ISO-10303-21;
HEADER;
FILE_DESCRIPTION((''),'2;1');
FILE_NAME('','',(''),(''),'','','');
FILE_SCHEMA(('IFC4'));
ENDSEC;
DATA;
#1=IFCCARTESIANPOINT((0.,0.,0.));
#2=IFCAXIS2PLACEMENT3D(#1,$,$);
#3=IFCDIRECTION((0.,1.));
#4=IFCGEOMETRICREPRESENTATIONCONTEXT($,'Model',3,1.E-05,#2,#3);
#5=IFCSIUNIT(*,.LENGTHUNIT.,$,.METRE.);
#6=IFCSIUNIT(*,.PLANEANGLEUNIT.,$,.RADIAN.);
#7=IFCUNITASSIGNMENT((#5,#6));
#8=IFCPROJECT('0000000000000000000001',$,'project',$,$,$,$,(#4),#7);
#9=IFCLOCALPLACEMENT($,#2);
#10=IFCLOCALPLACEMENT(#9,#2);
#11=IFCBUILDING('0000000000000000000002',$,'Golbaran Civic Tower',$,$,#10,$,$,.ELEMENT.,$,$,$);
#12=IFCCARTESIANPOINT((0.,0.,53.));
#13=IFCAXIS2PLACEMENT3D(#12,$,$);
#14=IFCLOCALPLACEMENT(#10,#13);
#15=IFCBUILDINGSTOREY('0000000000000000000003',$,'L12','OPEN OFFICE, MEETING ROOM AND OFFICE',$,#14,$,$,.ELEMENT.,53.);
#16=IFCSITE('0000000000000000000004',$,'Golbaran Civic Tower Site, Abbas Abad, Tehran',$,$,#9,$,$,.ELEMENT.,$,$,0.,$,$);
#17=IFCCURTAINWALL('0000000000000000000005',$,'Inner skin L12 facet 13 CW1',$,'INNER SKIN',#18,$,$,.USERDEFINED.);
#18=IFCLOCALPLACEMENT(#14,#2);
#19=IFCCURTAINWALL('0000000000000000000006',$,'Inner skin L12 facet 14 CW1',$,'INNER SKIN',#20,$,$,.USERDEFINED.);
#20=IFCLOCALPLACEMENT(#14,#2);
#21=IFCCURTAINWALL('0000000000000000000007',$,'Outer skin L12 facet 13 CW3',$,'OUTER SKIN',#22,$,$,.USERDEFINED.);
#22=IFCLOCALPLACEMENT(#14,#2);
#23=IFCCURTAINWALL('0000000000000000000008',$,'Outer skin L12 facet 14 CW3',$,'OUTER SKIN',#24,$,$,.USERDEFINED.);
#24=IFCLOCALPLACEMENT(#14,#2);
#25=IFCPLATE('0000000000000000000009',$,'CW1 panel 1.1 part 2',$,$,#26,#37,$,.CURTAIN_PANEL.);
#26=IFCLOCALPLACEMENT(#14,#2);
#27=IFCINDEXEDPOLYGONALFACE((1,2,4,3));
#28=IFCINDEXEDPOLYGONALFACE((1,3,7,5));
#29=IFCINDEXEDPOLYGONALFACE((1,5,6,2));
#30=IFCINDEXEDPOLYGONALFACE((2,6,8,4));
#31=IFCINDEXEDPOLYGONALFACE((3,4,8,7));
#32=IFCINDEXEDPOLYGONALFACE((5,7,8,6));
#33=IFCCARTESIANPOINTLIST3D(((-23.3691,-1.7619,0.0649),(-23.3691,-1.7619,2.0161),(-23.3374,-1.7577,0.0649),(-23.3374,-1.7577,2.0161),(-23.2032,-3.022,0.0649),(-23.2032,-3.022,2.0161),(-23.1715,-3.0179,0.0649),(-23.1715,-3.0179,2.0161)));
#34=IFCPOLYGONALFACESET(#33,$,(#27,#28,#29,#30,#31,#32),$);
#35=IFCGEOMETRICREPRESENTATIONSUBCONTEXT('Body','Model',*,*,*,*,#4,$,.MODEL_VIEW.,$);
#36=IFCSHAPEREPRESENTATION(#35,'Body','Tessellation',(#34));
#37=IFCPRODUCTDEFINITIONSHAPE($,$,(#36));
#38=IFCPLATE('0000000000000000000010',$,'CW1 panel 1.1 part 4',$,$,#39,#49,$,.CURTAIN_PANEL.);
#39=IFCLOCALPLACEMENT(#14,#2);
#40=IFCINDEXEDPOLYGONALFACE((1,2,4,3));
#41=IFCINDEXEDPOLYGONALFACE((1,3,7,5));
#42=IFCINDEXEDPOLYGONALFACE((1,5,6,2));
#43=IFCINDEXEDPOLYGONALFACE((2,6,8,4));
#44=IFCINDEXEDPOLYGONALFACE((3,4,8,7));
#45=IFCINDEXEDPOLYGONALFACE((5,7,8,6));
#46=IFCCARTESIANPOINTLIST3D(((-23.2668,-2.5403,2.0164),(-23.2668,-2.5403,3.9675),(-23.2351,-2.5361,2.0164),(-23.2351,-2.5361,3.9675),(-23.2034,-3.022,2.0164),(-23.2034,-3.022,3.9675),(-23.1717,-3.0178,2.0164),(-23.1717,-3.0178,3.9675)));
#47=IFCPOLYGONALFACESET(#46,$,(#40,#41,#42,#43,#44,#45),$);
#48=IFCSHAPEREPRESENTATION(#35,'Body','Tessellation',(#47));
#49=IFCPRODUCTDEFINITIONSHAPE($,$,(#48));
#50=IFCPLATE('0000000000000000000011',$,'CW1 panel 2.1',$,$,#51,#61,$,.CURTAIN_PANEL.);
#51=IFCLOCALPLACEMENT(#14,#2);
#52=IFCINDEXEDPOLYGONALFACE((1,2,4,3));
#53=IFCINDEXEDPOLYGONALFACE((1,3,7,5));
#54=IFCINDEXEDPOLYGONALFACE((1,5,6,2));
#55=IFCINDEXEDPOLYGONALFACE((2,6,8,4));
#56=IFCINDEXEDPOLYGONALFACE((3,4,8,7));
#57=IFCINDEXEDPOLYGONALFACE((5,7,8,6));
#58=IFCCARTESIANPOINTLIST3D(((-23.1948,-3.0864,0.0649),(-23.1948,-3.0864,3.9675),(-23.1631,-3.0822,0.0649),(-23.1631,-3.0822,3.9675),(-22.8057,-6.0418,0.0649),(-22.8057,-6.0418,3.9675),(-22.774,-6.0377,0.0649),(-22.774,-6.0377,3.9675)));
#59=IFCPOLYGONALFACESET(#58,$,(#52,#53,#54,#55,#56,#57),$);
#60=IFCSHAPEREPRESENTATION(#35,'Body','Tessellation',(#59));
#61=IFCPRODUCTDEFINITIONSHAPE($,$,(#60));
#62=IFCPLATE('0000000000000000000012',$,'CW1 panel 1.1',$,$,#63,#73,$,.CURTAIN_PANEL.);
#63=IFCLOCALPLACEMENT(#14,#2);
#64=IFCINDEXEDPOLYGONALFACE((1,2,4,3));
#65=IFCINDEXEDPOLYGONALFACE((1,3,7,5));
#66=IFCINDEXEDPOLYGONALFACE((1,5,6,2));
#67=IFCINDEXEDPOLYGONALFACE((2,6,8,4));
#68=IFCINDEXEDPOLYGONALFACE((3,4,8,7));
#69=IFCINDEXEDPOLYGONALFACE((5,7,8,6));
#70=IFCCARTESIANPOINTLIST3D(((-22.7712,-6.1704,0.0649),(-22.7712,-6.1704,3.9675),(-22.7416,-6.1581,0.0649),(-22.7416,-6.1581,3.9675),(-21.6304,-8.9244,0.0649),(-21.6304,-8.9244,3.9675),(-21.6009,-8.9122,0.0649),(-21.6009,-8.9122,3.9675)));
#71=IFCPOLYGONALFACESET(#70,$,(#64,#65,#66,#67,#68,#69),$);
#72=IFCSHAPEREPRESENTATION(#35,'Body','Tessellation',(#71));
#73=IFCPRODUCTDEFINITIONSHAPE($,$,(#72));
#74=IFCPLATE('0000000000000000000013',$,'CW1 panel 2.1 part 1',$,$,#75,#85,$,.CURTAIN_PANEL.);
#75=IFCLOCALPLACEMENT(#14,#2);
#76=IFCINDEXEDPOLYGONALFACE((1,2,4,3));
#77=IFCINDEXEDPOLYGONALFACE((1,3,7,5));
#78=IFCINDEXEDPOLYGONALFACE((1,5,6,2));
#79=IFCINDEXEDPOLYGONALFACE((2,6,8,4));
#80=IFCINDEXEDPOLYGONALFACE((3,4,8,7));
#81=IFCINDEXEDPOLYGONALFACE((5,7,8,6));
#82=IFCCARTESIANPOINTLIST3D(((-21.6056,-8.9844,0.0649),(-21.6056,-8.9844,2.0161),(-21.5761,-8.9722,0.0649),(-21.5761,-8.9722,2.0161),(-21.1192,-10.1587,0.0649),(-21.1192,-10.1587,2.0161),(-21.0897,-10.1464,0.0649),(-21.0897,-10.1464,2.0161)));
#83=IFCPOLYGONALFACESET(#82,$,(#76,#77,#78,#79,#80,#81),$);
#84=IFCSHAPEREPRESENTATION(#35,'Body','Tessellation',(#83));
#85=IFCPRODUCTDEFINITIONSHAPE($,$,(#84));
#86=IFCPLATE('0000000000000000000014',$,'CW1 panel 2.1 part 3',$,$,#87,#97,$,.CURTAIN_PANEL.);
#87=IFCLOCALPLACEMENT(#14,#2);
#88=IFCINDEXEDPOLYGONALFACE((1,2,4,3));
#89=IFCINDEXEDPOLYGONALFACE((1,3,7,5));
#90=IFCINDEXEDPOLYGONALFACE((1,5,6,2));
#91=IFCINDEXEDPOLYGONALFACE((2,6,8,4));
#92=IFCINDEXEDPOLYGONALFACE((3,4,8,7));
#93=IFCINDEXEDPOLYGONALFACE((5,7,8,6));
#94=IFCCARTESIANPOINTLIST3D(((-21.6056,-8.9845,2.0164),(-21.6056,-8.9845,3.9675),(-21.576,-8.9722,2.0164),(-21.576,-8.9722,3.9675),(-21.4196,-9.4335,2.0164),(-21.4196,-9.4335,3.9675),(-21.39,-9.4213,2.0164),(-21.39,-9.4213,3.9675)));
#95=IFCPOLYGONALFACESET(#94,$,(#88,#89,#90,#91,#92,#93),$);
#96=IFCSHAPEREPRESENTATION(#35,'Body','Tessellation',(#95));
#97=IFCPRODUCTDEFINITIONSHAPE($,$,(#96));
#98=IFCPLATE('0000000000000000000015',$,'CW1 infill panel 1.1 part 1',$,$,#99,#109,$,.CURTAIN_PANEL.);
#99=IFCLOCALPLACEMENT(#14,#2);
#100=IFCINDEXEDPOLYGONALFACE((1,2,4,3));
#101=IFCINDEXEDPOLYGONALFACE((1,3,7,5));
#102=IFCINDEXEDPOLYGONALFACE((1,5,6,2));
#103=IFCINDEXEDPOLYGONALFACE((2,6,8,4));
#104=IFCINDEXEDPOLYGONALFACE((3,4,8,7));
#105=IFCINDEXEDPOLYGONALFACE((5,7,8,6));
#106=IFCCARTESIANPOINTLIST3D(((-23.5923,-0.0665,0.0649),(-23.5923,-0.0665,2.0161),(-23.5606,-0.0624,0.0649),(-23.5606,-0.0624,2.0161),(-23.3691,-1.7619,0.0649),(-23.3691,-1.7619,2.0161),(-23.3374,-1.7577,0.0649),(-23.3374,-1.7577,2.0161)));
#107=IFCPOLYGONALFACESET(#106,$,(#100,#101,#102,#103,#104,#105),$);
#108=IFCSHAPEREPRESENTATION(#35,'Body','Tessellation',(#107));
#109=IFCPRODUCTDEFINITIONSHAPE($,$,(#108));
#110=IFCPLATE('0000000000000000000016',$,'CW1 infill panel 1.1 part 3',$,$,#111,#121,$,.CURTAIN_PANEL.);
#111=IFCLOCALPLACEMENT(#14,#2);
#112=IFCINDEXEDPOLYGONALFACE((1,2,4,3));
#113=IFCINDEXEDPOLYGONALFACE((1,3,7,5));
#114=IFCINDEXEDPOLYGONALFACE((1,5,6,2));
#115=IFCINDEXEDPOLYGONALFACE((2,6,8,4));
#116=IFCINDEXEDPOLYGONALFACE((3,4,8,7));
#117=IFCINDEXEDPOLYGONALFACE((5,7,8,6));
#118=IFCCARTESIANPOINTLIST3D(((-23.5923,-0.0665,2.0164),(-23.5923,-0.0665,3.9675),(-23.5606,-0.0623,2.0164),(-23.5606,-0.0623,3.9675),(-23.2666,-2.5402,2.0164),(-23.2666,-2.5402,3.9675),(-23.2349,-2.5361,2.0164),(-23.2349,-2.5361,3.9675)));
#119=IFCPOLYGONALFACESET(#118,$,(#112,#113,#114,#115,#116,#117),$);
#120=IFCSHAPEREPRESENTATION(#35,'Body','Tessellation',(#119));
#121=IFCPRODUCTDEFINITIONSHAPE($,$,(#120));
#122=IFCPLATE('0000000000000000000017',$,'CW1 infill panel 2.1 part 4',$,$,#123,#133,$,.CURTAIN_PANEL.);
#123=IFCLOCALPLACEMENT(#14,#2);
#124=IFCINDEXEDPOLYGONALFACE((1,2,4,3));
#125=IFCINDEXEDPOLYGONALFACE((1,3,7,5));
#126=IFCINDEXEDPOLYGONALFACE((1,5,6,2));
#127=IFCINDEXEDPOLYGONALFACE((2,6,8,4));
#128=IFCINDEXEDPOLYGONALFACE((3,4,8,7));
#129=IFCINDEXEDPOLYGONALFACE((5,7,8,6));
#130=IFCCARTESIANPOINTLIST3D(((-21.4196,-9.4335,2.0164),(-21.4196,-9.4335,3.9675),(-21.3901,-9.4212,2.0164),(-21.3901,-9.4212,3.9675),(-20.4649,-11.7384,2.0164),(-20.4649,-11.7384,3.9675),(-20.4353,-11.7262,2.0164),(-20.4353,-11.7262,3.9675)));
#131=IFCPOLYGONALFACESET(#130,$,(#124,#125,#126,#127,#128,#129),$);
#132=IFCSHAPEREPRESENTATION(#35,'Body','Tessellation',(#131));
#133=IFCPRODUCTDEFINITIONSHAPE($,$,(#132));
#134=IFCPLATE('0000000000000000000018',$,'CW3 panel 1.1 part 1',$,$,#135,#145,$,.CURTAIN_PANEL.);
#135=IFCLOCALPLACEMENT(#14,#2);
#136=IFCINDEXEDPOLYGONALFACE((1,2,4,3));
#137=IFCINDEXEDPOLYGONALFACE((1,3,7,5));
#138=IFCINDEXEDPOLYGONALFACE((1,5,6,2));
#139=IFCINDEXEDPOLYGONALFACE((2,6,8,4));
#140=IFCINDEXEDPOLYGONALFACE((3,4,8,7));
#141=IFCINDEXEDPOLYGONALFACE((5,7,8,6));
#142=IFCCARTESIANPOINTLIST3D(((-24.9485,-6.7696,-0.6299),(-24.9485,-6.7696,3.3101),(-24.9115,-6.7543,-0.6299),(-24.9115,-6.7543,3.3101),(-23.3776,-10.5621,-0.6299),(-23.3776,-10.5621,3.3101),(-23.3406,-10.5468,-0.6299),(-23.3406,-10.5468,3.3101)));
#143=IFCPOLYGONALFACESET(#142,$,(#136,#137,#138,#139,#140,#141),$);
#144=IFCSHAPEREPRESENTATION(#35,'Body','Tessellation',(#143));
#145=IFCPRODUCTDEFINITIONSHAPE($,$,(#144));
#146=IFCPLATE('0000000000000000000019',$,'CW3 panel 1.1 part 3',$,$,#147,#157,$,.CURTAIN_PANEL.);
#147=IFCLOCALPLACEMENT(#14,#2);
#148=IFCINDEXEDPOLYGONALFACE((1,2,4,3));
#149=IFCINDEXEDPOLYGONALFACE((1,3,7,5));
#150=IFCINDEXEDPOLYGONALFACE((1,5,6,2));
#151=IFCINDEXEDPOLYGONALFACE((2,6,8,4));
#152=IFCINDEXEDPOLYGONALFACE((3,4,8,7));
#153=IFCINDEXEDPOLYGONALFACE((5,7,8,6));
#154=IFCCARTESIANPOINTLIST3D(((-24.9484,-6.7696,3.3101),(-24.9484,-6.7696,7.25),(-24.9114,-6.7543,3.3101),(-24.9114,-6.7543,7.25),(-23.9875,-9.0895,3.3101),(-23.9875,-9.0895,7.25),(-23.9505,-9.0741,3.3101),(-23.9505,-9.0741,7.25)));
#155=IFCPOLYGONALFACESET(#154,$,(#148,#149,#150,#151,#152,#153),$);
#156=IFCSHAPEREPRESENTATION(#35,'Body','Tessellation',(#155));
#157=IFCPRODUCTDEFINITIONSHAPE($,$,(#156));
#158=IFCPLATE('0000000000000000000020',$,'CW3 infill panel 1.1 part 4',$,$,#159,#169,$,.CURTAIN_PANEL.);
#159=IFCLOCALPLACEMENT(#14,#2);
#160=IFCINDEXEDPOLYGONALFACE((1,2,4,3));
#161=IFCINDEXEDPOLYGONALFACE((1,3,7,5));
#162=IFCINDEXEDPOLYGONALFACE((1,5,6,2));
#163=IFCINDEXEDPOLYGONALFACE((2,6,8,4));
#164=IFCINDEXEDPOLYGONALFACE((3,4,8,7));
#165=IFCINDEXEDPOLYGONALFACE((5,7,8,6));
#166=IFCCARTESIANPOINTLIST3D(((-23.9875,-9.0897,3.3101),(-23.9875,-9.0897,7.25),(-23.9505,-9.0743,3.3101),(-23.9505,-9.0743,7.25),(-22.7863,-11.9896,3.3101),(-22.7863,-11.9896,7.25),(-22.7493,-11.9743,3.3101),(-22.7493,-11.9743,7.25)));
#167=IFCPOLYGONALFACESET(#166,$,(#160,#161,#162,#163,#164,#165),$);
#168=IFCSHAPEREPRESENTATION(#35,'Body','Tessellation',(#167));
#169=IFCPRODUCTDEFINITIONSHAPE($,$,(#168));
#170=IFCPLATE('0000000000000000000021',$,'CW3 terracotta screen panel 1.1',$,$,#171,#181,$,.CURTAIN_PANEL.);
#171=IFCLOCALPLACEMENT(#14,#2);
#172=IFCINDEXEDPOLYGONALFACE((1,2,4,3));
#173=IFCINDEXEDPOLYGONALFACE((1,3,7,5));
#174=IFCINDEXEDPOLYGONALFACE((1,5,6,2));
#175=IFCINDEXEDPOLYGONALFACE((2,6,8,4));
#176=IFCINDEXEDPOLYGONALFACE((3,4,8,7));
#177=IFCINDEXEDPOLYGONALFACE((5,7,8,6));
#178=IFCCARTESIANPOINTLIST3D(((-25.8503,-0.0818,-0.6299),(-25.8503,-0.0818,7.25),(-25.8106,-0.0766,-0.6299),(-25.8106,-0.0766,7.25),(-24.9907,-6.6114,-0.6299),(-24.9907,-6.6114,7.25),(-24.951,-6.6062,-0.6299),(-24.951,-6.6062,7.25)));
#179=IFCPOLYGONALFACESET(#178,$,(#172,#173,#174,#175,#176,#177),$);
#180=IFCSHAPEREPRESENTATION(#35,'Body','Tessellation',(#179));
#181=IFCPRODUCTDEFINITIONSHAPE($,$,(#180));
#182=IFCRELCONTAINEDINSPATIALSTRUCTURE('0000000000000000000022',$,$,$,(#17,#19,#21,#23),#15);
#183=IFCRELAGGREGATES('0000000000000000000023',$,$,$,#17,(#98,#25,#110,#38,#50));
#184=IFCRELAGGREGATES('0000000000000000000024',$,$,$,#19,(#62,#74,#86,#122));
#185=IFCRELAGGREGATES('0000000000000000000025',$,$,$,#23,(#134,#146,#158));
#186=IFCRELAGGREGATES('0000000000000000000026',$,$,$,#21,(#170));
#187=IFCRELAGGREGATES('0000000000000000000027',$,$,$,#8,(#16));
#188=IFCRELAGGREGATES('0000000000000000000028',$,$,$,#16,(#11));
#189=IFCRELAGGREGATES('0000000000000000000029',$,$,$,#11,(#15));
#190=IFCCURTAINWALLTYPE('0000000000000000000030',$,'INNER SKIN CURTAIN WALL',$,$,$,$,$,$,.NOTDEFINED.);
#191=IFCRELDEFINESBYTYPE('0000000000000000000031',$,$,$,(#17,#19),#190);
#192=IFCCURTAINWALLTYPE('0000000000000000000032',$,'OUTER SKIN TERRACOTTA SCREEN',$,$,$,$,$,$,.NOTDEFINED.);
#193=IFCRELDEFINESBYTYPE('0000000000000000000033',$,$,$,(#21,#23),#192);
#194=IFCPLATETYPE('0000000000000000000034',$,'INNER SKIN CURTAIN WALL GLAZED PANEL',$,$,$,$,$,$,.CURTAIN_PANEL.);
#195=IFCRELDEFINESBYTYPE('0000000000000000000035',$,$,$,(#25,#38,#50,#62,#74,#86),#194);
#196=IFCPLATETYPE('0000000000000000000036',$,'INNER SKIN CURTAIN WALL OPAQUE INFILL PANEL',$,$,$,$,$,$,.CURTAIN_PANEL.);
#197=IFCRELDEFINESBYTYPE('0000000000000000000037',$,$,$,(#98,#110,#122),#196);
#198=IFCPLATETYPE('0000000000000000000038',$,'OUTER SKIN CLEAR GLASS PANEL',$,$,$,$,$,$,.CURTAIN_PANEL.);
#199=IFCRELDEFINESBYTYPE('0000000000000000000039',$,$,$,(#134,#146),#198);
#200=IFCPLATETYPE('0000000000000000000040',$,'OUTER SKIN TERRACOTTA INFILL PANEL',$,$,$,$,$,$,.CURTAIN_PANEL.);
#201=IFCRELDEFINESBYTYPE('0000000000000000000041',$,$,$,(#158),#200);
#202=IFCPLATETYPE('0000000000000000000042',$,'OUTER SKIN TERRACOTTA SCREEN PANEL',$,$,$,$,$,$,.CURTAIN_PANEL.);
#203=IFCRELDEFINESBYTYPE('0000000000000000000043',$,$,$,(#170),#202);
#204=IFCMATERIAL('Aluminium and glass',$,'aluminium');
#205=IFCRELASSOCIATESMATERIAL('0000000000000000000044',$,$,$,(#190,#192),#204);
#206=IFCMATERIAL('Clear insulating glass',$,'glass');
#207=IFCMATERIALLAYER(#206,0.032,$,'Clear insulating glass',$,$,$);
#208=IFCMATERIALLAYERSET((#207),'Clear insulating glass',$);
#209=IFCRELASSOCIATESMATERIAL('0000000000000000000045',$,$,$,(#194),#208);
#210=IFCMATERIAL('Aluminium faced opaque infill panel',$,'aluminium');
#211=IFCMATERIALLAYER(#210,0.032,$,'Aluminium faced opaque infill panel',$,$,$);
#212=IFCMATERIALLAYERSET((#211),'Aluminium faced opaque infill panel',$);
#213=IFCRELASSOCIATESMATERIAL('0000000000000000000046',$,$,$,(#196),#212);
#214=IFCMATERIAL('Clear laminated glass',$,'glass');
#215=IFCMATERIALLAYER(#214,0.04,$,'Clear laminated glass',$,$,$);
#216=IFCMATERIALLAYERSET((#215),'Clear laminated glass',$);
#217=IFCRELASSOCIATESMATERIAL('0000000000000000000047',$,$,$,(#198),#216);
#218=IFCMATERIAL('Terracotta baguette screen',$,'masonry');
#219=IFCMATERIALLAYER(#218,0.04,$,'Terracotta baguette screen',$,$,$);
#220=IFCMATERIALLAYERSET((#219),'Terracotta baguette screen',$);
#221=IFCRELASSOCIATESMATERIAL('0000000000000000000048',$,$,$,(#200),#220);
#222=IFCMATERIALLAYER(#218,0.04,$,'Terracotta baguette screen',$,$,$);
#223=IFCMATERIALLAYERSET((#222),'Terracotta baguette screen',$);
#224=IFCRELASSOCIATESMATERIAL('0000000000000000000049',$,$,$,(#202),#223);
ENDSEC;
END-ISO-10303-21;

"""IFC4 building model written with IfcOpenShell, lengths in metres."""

from ifc_helpers import new_model, si_unit, direction, frame, origin, origin_2d, place, context, subcontext, project, spatial, rectangle, extrude, material, layer, layer_set, type_object, element, aggregate, save


model = new_model("IFC4")

# Units and contexts
model_context = context("Model", 3, precision=1e-05, world=origin(), true_north=direction((0.0, 1.0)))
body_context = subcontext(model_context, "Body", "Model", "MODEL_VIEW")
ifc_project = project(units=[si_unit("LENGTHUNIT", "METRE"), si_unit("PLANEANGLEUNIT", "RADIAN")], contexts=[model_context])

# Site, building, storey
site_placement = place(None, origin())
site = spatial("IfcSite", under=ifc_project, at=site_placement, Name="Golbaran Civic Tower Site, Abbas Abad, Tehran", CompositionType="ELEMENT", RefElevation=0.0)
building_placement = place(site_placement, origin())
building = spatial("IfcBuilding", under=site, at=building_placement, Name="Golbaran Civic Tower", CompositionType="ELEMENT")
storey_placement = place(building_placement, frame((0.0, 0.0, 53.0)))
storey = spatial("IfcBuildingStorey", under=building, at=storey_placement, Name="L12", Description="OPEN OFFICE, MEETING ROOM AND OFFICE", CompositionType="ELEMENT", Elevation=53.0)

# Curtain walls
ifc_material_1 = material(Name="Aluminium and glass", Category="aluminium")
curtain_wall_type_1 = type_object("IfcCurtainWallType", Name="INNER SKIN CURTAIN WALL", PredefinedType="NOTDEFINED", material=ifc_material_1)
curtain_wall_1_placement = place(storey_placement, origin())
curtain_wall_1 = element("IfcCurtainWall", 1, at=curtain_wall_1_placement, inside=storey, type_object=curtain_wall_type_1, Name="Inner skin L12 facet 13 CW1", ObjectType="INNER SKIN", PredefinedType="USERDEFINED")
curtain_wall_2_placement = place(storey_placement, origin())
curtain_wall_2 = element("IfcCurtainWall", 2, at=curtain_wall_2_placement, inside=storey, type_object=curtain_wall_type_1, Name="Inner skin L12 facet 14 CW1", ObjectType="INNER SKIN", PredefinedType="USERDEFINED")

# Curtain wall
curtain_wall_type_2 = type_object("IfcCurtainWallType", Name="OUTER SKIN TERRACOTTA SCREEN", PredefinedType="NOTDEFINED", material=ifc_material_1)
curtain_wall_3_placement = place(storey_placement, origin())
curtain_wall_3 = element("IfcCurtainWall", 3, at=curtain_wall_3_placement, inside=storey, type_object=curtain_wall_type_2, Name="Outer skin L12 facet 13 CW3", ObjectType="OUTER SKIN", PredefinedType="USERDEFINED")

# Curtain wall
curtain_wall_4_placement = place(storey_placement, origin())
curtain_wall_4 = element("IfcCurtainWall", 4, at=curtain_wall_4_placement, inside=storey, type_object=curtain_wall_type_2, Name="Outer skin L12 facet 14 CW3", ObjectType="OUTER SKIN", PredefinedType="USERDEFINED")

# Plates
ifc_material_2 = material(Name="Clear insulating glass", Category="glass")
ifc_layer_1 = layer(ifc_material_2, 0.032, Name="Clear insulating glass")
ifc_layer_set_1 = layer_set([ifc_layer_1], Name="Clear insulating glass")
plate_type_1 = type_object("IfcPlateType", Name="INNER SKIN CURTAIN WALL GLAZED PANEL", PredefinedType="CURTAIN_PANEL", material=ifc_layer_set_1)
plate_1_placement = place(storey_placement, frame((-23.2703, -2.3899, 0.0649), z_axis=(0.0, 0.0, 1.0), x_axis=(0.130526, -0.991445, 0.0)))
plate_1 = element("IfcPlate", 5, at=plate_1_placement, type_object=plate_type_1, Name="CW1 panel 1.1 part 2", PredefinedType="CURTAIN_PANEL", context=body_context, shape_type="SweptSolid", body=[
    extrude(rectangle(XDim=1.271, YDim=0.032, at=origin_2d()), origin(), (0.0, 0.0, 1.0), 1.9512),
])
plate_2_placement = place(storey_placement, frame((-23.2192, -2.7791, 2.0164), z_axis=(0.0, 0.0, 1.0), x_axis=(0.130526, -0.991445, 0.0)))
plate_2 = element("IfcPlate", 6, at=plate_2_placement, type_object=plate_type_1, Name="CW1 panel 1.1 part 4", PredefinedType="CURTAIN_PANEL", context=body_context, shape_type="SweptSolid", body=[
    extrude(rectangle(XDim=0.4858, YDim=0.032, at=origin_2d()), origin(), (0.0, 0.0, 1.0), 1.9512),
])
plate_3_placement = place(storey_placement, frame((-22.9844, -4.562, 0.0649), z_axis=(0.0, 0.0, 1.0), x_axis=(0.130526, -0.991445, 0.0)))
plate_3 = element("IfcPlate", 7, at=plate_3_placement, type_object=plate_type_1, Name="CW1 panel 2.1", PredefinedType="CURTAIN_PANEL", context=body_context, shape_type="SweptSolid", body=[
    extrude(rectangle(XDim=2.981, YDim=0.032, at=origin_2d()), origin(), (0.0, 0.0, 1.0), 3.9026),
])
plate_4_placement = place(storey_placement, frame((-22.186, -7.5413, 0.0649), z_axis=(0.0, 0.0, 1.0), x_axis=(0.382683, -0.92388, 0.0)))
plate_4 = element("IfcPlate", 8, at=plate_4_placement, type_object=plate_type_1, Name="CW1 panel 1.1", PredefinedType="CURTAIN_PANEL", context=body_context, shape_type="SweptSolid", body=[
    extrude(rectangle(XDim=2.981, YDim=0.032, at=origin_2d()), origin(), (0.0, 0.0, 1.0), 3.9026),
])
plate_5_placement = place(storey_placement, frame((-21.3477, -9.5654, 0.0649), z_axis=(0.0, 0.0, 1.0), x_axis=(0.382683, -0.92388, 0.0)))
plate_5 = element("IfcPlate", 9, at=plate_5_placement, type_object=plate_type_1, Name="CW1 panel 2.1 part 1", PredefinedType="CURTAIN_PANEL", context=body_context, shape_type="SweptSolid", body=[
    extrude(rectangle(XDim=1.271, YDim=0.032, at=origin_2d()), origin(), (0.0, 0.0, 1.0), 1.9512),
])
plate_6_placement = place(storey_placement, frame((-21.4978, -9.2029, 2.0164), z_axis=(0.0, 0.0, 1.0), x_axis=(0.382683, -0.92388, 0.0)))
plate_6 = element("IfcPlate", 10, at=plate_6_placement, type_object=plate_type_1, Name="CW1 panel 2.1 part 3", PredefinedType="CURTAIN_PANEL", context=body_context, shape_type="SweptSolid", body=[
    extrude(rectangle(XDim=0.4861, YDim=0.032, at=origin_2d()), origin(), (0.0, 0.0, 1.0), 1.9512),
])
ifc_material_3 = material(Name="Aluminium faced opaque infill panel", Category="aluminium")
ifc_layer_2 = layer(ifc_material_3, 0.032, Name="Aluminium faced opaque infill panel")
ifc_layer_set_2 = layer_set([ifc_layer_2], Name="Aluminium faced opaque infill panel")
plate_type_2 = type_object("IfcPlateType", Name="INNER SKIN CURTAIN WALL OPAQUE INFILL PANEL", PredefinedType="CURTAIN_PANEL", material=ifc_layer_set_2)
plate_7_placement = place(storey_placement, frame((-23.4648, -0.9121, 0.0649), z_axis=(0.0, 0.0, 1.0), x_axis=(0.130526, -0.991445, 0.0)))
plate_7 = element("IfcPlate", 11, at=plate_7_placement, type_object=plate_type_2, Name="CW1 infill panel 1.1 part 1", PredefinedType="CURTAIN_PANEL", context=body_context, shape_type="SweptSolid", body=[
    extrude(rectangle(XDim=1.71, YDim=0.032, at=origin_2d()), origin(), (0.0, 0.0, 1.0), 1.9512),
])
plate_8_placement = place(storey_placement, frame((-23.4136, -1.3013, 2.0164), z_axis=(0.0, 0.0, 1.0), x_axis=(0.130526, -0.991445, 0.0)))
plate_8 = element("IfcPlate", 12, at=plate_8_placement, type_object=plate_type_2, Name="CW1 infill panel 1.1 part 3", PredefinedType="CURTAIN_PANEL", context=body_context, shape_type="SweptSolid", body=[
    extrude(rectangle(XDim=2.4951, YDim=0.032, at=origin_2d()), origin(), (0.0, 0.0, 1.0), 1.9512),
])
aggregate(curtain_wall_1, [plate_7, plate_1, plate_8, plate_2, plate_3])
plate_9_placement = place(storey_placement, frame((-20.9275, -10.5798, 2.0164), z_axis=(0.0, 0.0, 1.0), x_axis=(0.382683, -0.92388, 0.0)))
plate_9 = element("IfcPlate", 13, at=plate_9_placement, type_object=plate_type_2, Name="CW1 infill panel 2.1 part 4", PredefinedType="CURTAIN_PANEL", context=body_context, shape_type="SweptSolid", body=[
    extrude(rectangle(XDim=2.4949, YDim=0.032, at=origin_2d()), origin(), (0.0, 0.0, 1.0), 1.9512),
])
aggregate(curtain_wall_2, [plate_4, plate_5, plate_6, plate_9])
ifc_material_4 = material(Name="Clear laminated glass", Category="glass")
ifc_layer_3 = layer(ifc_material_4, 0.04, Name="Clear laminated glass")
ifc_layer_set_3 = layer_set([ifc_layer_3], Name="Clear laminated glass")
plate_type_3 = type_object("IfcPlateType", Name="OUTER SKIN CLEAR GLASS PANEL", PredefinedType="CURTAIN_PANEL", material=ifc_layer_set_3)
plate_10_placement = place(storey_placement, frame((-24.1445, -8.6582, -0.6299), z_axis=(0.0, 0.0, 1.0), x_axis=(0.382683, -0.92388, 0.0)))
plate_10 = element("IfcPlate", 14, at=plate_10_placement, type_object=plate_type_3, Name="CW3 panel 1.1 part 1", PredefinedType="CURTAIN_PANEL", context=body_context, shape_type="SweptSolid", body=[
    extrude(rectangle(XDim=4.105, YDim=0.04, at=origin_2d()), origin(), (0.0, 0.0, 1.0), 3.9399),
])
plate_11_placement = place(storey_placement, frame((-24.4495, -7.9219, 3.3101), z_axis=(0.0, 0.0, 1.0), x_axis=(0.382683, -0.92388, 0.0)))
plate_11 = element("IfcPlate", 15, at=plate_11_placement, type_object=plate_type_3, Name="CW3 panel 1.1 part 3", PredefinedType="CURTAIN_PANEL", context=body_context, shape_type="SweptSolid", body=[
    extrude(rectangle(XDim=2.511, YDim=0.04, at=origin_2d()), origin(), (0.0, 0.0, 1.0), 3.9399),
])
ifc_material_5 = material(Name="Terracotta baguette screen", Category="masonry")
ifc_layer_4 = layer(ifc_material_5, 0.04, Name="Terracotta baguette screen")
ifc_layer_set_4 = layer_set([ifc_layer_4], Name="Terracotta baguette screen")
plate_type_4 = type_object("IfcPlateType", Name="OUTER SKIN TERRACOTTA INFILL PANEL", PredefinedType="CURTAIN_PANEL", material=ifc_layer_set_4)
plate_12_placement = place(storey_placement, frame((-23.3684, -10.532, 3.3101), z_axis=(0.0, 0.0, 1.0), x_axis=(0.382683, -0.92388, 0.0)))
plate_12 = element("IfcPlate", 16, at=plate_12_placement, type_object=plate_type_4, Name="CW3 infill panel 1.1 part 4", PredefinedType="CURTAIN_PANEL", context=body_context, shape_type="SweptSolid", body=[
    extrude(rectangle(XDim=3.1389, YDim=0.04, at=origin_2d()), origin(), (0.0, 0.0, 1.0), 3.9399),
])
aggregate(curtain_wall_4, [plate_10, plate_11, plate_12])
ifc_layer_5 = layer(ifc_material_5, 0.04, Name="Terracotta baguette screen")
ifc_layer_set_5 = layer_set([ifc_layer_5], Name="Terracotta baguette screen")
plate_type_5 = type_object("IfcPlateType", Name="OUTER SKIN TERRACOTTA SCREEN PANEL", PredefinedType="CURTAIN_PANEL", material=ifc_layer_set_5)
plate_13_placement = place(storey_placement, frame((-25.4006, -3.344, -0.6299), z_axis=(0.0, 0.0, 1.0), x_axis=(0.130526, -0.991445, 0.0)))
plate_13 = element("IfcPlate", 17, at=plate_13_placement, type_object=plate_type_5, Name="CW3 terracotta screen panel 1.1", PredefinedType="CURTAIN_PANEL", context=body_context, shape_type="SweptSolid", body=[
    extrude(rectangle(XDim=6.5859, YDim=0.04, at=origin_2d()), origin(), (0.0, 0.0, 1.0), 7.8799),
])
aggregate(curtain_wall_3, [plate_13])

save(model, "model.ifc")
